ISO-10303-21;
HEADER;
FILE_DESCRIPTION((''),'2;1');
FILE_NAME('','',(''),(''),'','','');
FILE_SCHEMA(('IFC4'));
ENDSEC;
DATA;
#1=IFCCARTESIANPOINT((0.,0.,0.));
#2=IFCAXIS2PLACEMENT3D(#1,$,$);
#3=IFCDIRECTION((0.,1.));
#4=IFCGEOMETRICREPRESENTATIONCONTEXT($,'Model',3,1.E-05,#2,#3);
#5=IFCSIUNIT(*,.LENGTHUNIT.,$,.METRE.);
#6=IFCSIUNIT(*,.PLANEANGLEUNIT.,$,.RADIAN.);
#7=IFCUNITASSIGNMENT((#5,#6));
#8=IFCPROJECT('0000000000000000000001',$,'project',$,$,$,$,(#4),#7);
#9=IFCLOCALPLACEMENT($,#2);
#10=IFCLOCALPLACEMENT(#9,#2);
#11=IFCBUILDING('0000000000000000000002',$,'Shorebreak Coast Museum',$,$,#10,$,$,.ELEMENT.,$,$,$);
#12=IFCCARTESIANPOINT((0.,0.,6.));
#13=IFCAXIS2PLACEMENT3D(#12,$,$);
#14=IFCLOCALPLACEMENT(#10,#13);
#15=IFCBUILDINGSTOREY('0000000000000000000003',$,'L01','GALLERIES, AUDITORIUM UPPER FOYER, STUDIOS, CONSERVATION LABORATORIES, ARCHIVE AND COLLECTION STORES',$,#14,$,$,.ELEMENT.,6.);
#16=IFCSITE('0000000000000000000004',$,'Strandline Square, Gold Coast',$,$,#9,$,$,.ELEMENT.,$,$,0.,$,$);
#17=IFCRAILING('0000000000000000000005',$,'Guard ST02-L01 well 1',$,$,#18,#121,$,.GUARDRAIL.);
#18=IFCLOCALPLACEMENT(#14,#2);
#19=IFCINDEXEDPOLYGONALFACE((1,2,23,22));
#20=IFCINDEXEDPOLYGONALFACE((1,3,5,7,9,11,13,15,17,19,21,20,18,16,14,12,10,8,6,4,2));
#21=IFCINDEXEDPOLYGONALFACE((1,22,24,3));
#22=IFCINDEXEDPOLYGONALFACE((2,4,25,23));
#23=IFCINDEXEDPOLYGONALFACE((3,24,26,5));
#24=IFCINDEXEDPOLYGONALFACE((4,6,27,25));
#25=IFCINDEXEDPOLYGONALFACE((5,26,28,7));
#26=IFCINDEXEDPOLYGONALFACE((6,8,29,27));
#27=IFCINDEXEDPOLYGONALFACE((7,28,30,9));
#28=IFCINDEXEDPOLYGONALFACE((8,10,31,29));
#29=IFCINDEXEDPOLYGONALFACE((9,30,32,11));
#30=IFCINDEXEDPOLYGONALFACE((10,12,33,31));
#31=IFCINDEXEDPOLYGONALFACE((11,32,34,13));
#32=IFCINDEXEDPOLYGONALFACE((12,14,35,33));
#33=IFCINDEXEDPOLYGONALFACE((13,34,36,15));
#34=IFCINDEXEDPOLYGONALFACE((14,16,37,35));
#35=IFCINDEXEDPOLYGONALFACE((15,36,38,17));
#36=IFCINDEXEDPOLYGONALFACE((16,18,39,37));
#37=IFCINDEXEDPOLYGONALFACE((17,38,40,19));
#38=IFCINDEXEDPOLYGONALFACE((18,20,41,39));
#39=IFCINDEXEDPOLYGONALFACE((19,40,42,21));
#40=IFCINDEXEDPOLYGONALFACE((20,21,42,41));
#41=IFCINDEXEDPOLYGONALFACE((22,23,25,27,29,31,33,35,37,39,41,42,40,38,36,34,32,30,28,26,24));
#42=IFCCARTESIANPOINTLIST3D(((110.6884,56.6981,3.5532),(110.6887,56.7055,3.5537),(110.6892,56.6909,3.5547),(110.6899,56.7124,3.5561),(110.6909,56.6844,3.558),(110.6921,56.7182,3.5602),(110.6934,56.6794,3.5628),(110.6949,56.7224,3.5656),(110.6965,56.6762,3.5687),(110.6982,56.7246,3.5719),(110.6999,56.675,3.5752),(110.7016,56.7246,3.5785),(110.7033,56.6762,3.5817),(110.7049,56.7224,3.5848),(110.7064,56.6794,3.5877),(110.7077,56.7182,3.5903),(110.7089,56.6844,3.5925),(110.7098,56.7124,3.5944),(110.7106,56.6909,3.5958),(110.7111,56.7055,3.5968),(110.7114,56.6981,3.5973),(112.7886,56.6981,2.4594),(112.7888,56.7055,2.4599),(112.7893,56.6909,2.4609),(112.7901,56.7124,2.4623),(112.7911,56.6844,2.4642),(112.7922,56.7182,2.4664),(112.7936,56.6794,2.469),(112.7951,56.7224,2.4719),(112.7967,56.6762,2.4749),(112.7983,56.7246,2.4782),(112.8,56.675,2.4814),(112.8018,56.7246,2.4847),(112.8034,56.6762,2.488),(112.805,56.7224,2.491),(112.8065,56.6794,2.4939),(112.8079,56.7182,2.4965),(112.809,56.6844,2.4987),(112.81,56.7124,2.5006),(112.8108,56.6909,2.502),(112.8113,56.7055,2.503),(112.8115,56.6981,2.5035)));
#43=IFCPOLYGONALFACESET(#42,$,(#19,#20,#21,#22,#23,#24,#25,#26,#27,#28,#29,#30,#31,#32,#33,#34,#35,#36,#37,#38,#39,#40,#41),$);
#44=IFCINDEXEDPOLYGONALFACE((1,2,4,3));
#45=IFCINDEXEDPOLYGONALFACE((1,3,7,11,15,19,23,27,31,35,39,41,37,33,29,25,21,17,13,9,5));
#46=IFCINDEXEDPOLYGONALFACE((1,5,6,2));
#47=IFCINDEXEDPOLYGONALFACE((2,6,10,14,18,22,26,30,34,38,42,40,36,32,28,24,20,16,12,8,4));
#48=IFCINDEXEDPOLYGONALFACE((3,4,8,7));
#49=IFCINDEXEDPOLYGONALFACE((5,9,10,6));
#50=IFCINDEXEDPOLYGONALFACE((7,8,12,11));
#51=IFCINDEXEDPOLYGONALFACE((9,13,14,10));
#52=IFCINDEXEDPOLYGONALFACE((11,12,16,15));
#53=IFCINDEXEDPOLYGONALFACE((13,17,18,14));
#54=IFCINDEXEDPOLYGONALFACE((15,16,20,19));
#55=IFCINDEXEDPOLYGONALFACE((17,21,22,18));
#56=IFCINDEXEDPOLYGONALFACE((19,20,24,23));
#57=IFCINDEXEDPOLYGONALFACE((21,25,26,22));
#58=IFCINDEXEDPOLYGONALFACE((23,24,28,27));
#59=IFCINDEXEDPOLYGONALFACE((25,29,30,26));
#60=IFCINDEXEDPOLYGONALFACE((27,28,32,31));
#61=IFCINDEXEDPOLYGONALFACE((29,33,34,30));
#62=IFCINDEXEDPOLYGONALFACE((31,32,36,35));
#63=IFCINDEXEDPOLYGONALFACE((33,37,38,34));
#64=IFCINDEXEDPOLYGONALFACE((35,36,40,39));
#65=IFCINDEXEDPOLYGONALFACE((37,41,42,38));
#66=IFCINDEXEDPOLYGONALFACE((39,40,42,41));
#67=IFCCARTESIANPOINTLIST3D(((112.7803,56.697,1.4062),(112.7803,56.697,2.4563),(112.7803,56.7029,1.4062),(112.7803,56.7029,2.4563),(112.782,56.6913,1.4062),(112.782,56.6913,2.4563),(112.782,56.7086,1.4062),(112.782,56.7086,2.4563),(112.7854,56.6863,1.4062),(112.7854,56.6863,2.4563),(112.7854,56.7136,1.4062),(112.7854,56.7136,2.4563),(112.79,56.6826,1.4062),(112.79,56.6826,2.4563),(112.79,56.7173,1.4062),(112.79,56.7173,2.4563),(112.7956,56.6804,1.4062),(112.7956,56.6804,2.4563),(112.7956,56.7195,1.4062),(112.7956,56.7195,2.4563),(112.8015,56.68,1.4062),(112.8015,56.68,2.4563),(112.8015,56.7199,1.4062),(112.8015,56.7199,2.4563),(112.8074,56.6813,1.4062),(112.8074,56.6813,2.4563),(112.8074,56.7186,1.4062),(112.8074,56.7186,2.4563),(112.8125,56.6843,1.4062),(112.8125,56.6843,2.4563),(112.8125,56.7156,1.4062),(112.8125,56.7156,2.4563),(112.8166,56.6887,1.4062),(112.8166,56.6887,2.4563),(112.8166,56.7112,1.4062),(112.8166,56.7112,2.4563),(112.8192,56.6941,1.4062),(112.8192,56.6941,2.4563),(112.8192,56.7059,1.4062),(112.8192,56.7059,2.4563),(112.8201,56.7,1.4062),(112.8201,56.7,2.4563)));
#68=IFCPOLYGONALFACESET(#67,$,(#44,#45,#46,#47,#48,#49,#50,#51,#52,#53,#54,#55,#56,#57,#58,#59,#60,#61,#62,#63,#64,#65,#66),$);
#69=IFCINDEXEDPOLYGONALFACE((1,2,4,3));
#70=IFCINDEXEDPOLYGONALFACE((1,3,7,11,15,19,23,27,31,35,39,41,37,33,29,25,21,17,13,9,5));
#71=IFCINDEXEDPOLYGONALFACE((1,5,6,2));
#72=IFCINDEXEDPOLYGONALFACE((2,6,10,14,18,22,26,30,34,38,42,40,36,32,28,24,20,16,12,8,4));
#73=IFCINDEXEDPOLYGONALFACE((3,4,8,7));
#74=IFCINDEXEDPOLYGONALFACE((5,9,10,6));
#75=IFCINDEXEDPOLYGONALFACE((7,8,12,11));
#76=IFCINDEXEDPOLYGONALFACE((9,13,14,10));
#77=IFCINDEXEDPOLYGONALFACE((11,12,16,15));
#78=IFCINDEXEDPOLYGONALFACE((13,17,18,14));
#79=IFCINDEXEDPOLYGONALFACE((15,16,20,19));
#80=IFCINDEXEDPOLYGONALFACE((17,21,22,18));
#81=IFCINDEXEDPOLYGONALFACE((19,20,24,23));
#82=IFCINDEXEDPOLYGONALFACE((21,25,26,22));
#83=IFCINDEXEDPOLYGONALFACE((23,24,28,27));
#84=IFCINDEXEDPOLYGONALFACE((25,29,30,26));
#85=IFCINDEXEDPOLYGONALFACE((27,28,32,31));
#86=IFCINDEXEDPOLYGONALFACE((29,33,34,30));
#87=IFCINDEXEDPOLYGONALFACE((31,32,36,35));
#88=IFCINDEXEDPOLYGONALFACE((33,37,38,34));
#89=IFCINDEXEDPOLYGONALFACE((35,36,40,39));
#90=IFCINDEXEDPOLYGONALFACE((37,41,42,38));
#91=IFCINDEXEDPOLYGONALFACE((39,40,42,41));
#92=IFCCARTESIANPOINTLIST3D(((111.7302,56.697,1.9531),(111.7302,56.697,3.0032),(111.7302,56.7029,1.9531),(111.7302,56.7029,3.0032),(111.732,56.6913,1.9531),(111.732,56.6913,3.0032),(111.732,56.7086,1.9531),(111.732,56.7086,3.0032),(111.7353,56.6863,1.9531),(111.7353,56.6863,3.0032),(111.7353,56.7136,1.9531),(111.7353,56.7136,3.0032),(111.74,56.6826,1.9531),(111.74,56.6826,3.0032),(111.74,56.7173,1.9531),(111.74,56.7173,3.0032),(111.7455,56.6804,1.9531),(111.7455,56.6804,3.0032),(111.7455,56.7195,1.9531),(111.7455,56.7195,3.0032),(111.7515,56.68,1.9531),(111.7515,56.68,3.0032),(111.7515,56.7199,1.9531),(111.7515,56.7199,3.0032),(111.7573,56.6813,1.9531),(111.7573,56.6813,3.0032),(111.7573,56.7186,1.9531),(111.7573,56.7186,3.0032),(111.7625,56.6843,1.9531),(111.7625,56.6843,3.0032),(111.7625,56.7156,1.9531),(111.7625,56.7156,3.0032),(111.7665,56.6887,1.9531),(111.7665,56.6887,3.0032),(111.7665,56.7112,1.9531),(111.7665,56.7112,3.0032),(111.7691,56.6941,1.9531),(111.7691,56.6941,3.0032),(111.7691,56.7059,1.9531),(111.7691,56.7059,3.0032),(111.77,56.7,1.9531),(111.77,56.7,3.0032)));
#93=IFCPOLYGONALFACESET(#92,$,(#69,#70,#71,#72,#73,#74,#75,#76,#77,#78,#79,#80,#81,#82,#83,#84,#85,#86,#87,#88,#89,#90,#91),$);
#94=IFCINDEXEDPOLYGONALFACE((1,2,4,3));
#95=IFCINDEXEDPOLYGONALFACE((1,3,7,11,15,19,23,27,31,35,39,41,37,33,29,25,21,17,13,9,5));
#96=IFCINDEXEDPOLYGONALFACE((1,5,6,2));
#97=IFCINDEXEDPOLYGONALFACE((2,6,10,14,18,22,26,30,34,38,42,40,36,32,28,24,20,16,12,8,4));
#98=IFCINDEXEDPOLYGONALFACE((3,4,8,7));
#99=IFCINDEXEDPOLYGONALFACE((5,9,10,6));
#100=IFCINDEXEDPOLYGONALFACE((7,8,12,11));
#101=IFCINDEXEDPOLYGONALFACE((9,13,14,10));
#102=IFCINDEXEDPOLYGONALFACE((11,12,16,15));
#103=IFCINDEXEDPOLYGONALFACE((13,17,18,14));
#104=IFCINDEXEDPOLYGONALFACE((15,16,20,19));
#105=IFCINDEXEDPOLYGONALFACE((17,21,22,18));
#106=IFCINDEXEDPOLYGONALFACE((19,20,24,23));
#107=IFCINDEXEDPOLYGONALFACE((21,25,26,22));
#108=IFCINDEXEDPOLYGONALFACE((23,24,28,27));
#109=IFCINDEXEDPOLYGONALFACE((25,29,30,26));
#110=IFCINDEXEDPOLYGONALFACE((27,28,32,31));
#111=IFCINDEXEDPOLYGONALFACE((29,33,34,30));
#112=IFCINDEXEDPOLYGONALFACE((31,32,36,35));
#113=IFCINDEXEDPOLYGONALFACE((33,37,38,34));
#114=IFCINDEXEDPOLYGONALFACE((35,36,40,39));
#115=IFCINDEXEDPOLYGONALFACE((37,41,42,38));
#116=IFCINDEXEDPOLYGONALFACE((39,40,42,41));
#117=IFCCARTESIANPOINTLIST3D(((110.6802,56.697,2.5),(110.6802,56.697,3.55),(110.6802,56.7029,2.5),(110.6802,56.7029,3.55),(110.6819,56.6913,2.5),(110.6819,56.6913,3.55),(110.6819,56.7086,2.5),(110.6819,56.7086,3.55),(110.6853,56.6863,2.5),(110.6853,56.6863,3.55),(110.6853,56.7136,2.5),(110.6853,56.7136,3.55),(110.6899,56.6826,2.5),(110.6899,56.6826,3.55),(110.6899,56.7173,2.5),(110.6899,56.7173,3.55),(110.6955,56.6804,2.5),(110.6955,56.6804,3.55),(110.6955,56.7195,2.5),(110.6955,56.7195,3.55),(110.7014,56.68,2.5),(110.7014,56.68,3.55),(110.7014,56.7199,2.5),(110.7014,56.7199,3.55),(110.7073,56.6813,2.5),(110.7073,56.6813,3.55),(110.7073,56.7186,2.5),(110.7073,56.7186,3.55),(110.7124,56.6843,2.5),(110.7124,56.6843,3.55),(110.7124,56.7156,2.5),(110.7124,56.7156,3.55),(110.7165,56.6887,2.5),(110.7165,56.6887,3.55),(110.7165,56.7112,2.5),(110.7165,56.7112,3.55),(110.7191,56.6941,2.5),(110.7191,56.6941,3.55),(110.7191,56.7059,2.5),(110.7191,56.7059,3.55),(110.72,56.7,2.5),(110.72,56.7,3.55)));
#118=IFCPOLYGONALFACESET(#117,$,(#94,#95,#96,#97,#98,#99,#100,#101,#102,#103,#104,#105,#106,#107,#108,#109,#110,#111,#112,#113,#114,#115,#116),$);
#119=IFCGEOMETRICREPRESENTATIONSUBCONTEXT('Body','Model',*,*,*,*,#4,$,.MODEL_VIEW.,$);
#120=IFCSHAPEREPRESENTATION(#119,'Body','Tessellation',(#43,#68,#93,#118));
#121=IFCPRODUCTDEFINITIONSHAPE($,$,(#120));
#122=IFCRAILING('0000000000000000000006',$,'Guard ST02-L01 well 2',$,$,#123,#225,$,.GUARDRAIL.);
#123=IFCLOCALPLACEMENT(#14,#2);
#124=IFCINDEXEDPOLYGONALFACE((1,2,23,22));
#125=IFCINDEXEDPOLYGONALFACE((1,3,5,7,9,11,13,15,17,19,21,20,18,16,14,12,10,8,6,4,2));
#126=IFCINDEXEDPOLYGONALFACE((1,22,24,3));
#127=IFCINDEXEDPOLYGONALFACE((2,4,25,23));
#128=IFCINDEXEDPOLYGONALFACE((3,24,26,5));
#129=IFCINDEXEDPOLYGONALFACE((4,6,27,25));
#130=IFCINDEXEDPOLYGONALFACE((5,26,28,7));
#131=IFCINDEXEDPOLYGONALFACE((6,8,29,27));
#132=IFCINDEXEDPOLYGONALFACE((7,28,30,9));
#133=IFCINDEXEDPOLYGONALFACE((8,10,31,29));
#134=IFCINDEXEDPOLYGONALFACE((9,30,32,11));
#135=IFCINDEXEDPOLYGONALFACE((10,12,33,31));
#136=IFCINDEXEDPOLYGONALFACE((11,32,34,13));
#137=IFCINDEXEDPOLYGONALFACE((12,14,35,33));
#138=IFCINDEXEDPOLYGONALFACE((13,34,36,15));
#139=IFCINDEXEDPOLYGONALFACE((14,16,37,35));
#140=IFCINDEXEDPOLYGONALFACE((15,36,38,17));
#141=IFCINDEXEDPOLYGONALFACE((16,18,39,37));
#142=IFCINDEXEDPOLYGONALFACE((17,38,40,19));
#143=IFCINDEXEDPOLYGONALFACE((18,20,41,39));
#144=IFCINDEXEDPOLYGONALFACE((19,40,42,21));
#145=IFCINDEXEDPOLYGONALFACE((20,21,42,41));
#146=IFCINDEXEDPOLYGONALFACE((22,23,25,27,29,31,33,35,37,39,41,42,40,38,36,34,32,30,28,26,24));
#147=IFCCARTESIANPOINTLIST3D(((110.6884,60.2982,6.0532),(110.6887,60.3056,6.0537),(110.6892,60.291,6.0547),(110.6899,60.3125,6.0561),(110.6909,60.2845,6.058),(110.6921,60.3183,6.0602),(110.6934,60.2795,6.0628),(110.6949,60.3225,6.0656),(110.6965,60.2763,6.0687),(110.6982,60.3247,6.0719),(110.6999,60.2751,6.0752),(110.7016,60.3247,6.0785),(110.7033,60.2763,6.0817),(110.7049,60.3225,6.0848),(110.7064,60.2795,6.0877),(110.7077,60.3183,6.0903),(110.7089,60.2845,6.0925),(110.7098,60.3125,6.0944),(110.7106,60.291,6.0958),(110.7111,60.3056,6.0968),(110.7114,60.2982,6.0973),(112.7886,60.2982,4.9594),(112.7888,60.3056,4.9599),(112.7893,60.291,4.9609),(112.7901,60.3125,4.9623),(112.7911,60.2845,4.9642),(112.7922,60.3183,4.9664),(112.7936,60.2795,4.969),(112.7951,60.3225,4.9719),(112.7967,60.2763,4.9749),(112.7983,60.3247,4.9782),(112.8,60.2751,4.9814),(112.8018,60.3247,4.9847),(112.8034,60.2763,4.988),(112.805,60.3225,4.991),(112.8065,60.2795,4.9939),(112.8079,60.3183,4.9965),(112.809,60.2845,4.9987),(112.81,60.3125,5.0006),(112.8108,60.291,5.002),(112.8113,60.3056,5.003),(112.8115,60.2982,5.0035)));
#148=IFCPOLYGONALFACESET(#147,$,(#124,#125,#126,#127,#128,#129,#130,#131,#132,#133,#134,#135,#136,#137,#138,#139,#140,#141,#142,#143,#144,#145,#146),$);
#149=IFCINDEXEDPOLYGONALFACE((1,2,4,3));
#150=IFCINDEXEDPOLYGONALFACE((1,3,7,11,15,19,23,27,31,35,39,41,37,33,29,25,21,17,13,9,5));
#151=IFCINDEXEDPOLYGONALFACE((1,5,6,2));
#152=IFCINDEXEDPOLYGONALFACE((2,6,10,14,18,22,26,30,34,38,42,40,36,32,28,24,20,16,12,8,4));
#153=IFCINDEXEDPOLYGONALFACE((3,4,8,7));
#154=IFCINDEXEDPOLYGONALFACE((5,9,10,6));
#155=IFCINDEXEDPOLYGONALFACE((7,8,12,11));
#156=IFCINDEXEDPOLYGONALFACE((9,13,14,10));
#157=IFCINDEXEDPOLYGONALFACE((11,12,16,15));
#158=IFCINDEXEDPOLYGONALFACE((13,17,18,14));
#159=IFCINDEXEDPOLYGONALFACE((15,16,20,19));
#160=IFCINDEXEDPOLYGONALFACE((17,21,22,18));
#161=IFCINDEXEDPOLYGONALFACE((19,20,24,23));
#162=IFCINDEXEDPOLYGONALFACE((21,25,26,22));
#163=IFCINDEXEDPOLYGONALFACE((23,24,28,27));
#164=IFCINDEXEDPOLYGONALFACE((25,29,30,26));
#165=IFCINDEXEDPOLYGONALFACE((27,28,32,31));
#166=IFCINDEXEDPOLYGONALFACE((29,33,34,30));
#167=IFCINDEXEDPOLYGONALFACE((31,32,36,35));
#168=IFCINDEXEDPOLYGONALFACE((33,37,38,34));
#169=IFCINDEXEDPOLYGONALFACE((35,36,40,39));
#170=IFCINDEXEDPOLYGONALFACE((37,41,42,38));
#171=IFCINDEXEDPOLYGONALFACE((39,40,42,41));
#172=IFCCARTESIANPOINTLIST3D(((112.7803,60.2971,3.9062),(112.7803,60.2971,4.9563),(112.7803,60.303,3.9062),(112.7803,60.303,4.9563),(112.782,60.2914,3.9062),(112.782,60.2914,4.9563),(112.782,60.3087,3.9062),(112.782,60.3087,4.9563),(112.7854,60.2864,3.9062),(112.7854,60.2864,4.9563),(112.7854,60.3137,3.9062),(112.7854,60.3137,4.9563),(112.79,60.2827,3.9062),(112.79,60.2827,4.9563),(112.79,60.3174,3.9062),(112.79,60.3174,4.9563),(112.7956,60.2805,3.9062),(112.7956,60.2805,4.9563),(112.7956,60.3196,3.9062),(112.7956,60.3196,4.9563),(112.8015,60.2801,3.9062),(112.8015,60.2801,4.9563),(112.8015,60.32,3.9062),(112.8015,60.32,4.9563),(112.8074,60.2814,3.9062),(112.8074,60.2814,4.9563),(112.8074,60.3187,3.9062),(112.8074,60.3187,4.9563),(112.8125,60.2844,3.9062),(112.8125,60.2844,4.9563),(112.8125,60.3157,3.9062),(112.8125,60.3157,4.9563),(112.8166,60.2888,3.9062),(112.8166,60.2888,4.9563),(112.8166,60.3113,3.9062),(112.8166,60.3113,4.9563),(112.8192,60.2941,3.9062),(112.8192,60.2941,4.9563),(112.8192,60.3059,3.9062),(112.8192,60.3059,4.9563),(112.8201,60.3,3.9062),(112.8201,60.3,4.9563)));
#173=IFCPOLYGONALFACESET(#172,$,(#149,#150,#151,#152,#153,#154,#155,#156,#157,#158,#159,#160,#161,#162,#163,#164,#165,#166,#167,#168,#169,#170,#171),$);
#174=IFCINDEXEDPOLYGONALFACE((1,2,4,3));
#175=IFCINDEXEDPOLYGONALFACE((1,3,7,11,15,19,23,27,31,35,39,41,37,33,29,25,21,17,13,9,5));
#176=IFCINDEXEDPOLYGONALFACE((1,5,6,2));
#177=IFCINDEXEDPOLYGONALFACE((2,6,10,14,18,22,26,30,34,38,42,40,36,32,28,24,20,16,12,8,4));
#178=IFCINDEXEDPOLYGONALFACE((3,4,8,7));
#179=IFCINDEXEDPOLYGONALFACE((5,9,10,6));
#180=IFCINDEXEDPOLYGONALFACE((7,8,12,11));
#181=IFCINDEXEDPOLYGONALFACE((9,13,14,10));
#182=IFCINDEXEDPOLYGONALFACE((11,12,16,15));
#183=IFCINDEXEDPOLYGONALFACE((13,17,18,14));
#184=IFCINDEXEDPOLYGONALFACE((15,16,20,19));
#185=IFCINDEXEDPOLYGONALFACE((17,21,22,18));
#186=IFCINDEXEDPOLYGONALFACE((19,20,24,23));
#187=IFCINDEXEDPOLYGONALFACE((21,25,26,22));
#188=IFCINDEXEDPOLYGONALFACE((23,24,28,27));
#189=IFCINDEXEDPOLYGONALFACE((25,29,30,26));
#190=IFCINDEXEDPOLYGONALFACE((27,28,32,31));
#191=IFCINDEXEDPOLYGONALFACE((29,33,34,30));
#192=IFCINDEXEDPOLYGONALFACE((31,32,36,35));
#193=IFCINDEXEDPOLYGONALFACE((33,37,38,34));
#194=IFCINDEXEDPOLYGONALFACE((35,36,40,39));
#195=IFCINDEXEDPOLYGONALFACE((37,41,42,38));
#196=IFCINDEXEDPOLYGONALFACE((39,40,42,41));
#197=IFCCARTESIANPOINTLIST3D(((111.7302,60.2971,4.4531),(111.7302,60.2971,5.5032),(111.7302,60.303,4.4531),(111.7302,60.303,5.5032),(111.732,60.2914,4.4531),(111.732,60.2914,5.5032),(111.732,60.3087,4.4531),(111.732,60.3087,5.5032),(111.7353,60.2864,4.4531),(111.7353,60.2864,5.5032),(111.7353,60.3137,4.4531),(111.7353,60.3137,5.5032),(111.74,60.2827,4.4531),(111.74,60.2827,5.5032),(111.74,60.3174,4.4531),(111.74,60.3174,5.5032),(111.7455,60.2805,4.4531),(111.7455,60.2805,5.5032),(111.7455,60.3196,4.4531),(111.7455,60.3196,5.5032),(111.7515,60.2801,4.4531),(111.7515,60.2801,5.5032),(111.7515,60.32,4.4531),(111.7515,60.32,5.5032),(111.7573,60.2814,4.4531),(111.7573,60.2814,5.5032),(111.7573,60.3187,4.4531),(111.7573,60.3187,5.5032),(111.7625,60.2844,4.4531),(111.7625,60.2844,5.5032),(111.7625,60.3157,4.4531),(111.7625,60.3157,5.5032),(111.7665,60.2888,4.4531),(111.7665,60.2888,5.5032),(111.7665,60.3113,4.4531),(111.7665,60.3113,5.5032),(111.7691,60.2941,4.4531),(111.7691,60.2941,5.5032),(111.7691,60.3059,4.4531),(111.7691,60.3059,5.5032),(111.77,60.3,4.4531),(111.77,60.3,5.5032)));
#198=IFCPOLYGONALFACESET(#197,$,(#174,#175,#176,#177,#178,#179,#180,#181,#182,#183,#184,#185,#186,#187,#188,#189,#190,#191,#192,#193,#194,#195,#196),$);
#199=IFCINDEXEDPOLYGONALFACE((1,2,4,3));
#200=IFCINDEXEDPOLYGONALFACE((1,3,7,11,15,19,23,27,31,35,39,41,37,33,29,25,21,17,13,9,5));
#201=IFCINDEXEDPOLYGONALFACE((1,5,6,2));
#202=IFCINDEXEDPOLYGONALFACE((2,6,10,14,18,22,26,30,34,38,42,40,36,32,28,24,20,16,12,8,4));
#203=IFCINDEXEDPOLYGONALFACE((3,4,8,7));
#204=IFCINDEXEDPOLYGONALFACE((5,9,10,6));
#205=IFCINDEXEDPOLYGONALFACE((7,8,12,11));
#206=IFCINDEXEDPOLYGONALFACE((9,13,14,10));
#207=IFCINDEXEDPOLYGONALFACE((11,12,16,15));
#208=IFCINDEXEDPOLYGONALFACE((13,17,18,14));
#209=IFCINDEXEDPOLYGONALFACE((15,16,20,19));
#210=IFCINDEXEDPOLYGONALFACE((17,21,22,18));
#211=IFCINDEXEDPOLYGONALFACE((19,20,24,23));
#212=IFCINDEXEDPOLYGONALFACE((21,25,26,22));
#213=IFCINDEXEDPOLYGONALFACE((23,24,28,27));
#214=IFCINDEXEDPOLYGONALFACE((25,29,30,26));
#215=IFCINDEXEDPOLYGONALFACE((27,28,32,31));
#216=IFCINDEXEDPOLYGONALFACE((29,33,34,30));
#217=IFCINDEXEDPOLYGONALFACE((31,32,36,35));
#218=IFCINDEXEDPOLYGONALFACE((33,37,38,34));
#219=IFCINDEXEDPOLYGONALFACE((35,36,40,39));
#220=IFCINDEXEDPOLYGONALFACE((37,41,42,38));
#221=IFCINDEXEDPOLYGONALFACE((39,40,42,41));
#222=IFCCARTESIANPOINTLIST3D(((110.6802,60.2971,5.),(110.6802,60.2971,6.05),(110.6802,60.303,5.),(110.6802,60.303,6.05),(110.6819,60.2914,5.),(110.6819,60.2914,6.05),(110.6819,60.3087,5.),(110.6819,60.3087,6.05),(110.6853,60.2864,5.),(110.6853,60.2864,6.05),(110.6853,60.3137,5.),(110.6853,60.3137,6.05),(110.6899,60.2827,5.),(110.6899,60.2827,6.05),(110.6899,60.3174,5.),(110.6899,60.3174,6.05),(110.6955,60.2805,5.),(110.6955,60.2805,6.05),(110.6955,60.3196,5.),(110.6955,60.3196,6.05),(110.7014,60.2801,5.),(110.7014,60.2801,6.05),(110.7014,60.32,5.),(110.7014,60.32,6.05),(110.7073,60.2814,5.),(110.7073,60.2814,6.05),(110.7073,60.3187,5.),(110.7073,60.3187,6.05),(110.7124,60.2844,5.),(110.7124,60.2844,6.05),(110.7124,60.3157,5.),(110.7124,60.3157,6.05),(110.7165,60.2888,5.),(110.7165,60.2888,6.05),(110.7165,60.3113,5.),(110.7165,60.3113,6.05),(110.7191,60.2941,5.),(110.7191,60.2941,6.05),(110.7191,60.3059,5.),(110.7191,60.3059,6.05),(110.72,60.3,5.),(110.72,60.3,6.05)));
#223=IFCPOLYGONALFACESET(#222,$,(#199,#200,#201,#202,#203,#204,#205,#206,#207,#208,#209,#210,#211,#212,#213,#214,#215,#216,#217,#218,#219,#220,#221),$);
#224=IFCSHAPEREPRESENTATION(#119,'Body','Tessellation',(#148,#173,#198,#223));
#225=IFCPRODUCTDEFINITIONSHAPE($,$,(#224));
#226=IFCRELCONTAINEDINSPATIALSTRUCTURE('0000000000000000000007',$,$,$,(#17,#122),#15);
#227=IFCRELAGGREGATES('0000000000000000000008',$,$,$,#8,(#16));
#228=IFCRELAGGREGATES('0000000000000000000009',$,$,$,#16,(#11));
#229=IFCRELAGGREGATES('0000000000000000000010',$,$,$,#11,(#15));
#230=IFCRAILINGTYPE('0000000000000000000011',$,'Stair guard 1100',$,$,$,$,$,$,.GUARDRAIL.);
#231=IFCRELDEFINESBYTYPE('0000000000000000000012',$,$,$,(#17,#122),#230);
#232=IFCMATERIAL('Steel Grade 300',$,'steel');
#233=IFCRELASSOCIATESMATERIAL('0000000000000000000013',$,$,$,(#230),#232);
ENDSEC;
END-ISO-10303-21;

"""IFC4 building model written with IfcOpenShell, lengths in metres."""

from ifc_helpers import new_model, si_unit, direction, frame, origin, origin_2d, place, context, subcontext, project, spatial, circle, extrude, material, type_object, element, save


model = new_model("IFC4")

# Units and contexts
model_context = context("Model", 3, precision=1e-05, world=origin(), true_north=direction((0.0, 1.0)))
body_context = subcontext(model_context, "Body", "Model", "MODEL_VIEW")
ifc_project = project(units=[si_unit("LENGTHUNIT", "METRE"), si_unit("PLANEANGLEUNIT", "RADIAN")], contexts=[model_context])

# Site, building, storey
site_placement = place(None, origin())
site = spatial("IfcSite", under=ifc_project, at=site_placement, Name="Strandline Square, Gold Coast", CompositionType="ELEMENT", RefElevation=0.0)
building_placement = place(site_placement, origin())
building = spatial("IfcBuilding", under=site, at=building_placement, Name="Shorebreak Coast Museum", CompositionType="ELEMENT")
storey_placement = place(building_placement, frame((0.0, 0.0, 6.0)))
storey = spatial("IfcBuildingStorey", under=building, at=storey_placement, Name="L01", Description="GALLERIES, AUDITORIUM UPPER FOYER, STUDIOS, CONSERVATION LABORATORIES, ARCHIVE AND COLLECTION STORES", CompositionType="ELEMENT", Elevation=6.0)

# Railings
ifc_material_1 = material(Name="Steel Grade 300", Category="steel")
railing_type_1 = type_object("IfcRailingType", Name="Stair guard 1100", PredefinedType="GUARDRAIL", material=ifc_material_1)
for number, where, name in (
    (1, (112.8, 56.7, 1.4062), "Guard ST02-L01 well 1"),
    (2, (112.8, 60.3, 3.9062), "Guard ST02-L01 well 2"),
):
    element("IfcRailing", number, at=place(storey_placement, frame(where)), inside=storey, type_object=railing_type_1, Name=name, PredefinedType="GUARDRAIL", context=body_context, shape_type="SweptSolid", body=[
        extrude(circle(Radius=0.0249, at=origin_2d()), frame((0.0, 0.0, 1.0752), z_axis=(-0.886923, 0.0, 0.461918), x_axis=(0.0, -1.0, 0.0)), (0.0, 0.0, 1.0), 2.3679),
        extrude(circle(Radius=0.02, at=origin_2d()), origin(), (0.0, 0.0, 1.0), 1.05),
        extrude(circle(Radius=0.02, at=origin_2d()), frame((-1.05, 0.0, 0.5469)), (0.0, 0.0, 1.0), 1.05),
        extrude(circle(Radius=0.02, at=origin_2d()), frame((-2.1001, 0.0, 1.0938)), (0.0, 0.0, 1.0), 1.05),
    ])

save(model, "model.ifc")
